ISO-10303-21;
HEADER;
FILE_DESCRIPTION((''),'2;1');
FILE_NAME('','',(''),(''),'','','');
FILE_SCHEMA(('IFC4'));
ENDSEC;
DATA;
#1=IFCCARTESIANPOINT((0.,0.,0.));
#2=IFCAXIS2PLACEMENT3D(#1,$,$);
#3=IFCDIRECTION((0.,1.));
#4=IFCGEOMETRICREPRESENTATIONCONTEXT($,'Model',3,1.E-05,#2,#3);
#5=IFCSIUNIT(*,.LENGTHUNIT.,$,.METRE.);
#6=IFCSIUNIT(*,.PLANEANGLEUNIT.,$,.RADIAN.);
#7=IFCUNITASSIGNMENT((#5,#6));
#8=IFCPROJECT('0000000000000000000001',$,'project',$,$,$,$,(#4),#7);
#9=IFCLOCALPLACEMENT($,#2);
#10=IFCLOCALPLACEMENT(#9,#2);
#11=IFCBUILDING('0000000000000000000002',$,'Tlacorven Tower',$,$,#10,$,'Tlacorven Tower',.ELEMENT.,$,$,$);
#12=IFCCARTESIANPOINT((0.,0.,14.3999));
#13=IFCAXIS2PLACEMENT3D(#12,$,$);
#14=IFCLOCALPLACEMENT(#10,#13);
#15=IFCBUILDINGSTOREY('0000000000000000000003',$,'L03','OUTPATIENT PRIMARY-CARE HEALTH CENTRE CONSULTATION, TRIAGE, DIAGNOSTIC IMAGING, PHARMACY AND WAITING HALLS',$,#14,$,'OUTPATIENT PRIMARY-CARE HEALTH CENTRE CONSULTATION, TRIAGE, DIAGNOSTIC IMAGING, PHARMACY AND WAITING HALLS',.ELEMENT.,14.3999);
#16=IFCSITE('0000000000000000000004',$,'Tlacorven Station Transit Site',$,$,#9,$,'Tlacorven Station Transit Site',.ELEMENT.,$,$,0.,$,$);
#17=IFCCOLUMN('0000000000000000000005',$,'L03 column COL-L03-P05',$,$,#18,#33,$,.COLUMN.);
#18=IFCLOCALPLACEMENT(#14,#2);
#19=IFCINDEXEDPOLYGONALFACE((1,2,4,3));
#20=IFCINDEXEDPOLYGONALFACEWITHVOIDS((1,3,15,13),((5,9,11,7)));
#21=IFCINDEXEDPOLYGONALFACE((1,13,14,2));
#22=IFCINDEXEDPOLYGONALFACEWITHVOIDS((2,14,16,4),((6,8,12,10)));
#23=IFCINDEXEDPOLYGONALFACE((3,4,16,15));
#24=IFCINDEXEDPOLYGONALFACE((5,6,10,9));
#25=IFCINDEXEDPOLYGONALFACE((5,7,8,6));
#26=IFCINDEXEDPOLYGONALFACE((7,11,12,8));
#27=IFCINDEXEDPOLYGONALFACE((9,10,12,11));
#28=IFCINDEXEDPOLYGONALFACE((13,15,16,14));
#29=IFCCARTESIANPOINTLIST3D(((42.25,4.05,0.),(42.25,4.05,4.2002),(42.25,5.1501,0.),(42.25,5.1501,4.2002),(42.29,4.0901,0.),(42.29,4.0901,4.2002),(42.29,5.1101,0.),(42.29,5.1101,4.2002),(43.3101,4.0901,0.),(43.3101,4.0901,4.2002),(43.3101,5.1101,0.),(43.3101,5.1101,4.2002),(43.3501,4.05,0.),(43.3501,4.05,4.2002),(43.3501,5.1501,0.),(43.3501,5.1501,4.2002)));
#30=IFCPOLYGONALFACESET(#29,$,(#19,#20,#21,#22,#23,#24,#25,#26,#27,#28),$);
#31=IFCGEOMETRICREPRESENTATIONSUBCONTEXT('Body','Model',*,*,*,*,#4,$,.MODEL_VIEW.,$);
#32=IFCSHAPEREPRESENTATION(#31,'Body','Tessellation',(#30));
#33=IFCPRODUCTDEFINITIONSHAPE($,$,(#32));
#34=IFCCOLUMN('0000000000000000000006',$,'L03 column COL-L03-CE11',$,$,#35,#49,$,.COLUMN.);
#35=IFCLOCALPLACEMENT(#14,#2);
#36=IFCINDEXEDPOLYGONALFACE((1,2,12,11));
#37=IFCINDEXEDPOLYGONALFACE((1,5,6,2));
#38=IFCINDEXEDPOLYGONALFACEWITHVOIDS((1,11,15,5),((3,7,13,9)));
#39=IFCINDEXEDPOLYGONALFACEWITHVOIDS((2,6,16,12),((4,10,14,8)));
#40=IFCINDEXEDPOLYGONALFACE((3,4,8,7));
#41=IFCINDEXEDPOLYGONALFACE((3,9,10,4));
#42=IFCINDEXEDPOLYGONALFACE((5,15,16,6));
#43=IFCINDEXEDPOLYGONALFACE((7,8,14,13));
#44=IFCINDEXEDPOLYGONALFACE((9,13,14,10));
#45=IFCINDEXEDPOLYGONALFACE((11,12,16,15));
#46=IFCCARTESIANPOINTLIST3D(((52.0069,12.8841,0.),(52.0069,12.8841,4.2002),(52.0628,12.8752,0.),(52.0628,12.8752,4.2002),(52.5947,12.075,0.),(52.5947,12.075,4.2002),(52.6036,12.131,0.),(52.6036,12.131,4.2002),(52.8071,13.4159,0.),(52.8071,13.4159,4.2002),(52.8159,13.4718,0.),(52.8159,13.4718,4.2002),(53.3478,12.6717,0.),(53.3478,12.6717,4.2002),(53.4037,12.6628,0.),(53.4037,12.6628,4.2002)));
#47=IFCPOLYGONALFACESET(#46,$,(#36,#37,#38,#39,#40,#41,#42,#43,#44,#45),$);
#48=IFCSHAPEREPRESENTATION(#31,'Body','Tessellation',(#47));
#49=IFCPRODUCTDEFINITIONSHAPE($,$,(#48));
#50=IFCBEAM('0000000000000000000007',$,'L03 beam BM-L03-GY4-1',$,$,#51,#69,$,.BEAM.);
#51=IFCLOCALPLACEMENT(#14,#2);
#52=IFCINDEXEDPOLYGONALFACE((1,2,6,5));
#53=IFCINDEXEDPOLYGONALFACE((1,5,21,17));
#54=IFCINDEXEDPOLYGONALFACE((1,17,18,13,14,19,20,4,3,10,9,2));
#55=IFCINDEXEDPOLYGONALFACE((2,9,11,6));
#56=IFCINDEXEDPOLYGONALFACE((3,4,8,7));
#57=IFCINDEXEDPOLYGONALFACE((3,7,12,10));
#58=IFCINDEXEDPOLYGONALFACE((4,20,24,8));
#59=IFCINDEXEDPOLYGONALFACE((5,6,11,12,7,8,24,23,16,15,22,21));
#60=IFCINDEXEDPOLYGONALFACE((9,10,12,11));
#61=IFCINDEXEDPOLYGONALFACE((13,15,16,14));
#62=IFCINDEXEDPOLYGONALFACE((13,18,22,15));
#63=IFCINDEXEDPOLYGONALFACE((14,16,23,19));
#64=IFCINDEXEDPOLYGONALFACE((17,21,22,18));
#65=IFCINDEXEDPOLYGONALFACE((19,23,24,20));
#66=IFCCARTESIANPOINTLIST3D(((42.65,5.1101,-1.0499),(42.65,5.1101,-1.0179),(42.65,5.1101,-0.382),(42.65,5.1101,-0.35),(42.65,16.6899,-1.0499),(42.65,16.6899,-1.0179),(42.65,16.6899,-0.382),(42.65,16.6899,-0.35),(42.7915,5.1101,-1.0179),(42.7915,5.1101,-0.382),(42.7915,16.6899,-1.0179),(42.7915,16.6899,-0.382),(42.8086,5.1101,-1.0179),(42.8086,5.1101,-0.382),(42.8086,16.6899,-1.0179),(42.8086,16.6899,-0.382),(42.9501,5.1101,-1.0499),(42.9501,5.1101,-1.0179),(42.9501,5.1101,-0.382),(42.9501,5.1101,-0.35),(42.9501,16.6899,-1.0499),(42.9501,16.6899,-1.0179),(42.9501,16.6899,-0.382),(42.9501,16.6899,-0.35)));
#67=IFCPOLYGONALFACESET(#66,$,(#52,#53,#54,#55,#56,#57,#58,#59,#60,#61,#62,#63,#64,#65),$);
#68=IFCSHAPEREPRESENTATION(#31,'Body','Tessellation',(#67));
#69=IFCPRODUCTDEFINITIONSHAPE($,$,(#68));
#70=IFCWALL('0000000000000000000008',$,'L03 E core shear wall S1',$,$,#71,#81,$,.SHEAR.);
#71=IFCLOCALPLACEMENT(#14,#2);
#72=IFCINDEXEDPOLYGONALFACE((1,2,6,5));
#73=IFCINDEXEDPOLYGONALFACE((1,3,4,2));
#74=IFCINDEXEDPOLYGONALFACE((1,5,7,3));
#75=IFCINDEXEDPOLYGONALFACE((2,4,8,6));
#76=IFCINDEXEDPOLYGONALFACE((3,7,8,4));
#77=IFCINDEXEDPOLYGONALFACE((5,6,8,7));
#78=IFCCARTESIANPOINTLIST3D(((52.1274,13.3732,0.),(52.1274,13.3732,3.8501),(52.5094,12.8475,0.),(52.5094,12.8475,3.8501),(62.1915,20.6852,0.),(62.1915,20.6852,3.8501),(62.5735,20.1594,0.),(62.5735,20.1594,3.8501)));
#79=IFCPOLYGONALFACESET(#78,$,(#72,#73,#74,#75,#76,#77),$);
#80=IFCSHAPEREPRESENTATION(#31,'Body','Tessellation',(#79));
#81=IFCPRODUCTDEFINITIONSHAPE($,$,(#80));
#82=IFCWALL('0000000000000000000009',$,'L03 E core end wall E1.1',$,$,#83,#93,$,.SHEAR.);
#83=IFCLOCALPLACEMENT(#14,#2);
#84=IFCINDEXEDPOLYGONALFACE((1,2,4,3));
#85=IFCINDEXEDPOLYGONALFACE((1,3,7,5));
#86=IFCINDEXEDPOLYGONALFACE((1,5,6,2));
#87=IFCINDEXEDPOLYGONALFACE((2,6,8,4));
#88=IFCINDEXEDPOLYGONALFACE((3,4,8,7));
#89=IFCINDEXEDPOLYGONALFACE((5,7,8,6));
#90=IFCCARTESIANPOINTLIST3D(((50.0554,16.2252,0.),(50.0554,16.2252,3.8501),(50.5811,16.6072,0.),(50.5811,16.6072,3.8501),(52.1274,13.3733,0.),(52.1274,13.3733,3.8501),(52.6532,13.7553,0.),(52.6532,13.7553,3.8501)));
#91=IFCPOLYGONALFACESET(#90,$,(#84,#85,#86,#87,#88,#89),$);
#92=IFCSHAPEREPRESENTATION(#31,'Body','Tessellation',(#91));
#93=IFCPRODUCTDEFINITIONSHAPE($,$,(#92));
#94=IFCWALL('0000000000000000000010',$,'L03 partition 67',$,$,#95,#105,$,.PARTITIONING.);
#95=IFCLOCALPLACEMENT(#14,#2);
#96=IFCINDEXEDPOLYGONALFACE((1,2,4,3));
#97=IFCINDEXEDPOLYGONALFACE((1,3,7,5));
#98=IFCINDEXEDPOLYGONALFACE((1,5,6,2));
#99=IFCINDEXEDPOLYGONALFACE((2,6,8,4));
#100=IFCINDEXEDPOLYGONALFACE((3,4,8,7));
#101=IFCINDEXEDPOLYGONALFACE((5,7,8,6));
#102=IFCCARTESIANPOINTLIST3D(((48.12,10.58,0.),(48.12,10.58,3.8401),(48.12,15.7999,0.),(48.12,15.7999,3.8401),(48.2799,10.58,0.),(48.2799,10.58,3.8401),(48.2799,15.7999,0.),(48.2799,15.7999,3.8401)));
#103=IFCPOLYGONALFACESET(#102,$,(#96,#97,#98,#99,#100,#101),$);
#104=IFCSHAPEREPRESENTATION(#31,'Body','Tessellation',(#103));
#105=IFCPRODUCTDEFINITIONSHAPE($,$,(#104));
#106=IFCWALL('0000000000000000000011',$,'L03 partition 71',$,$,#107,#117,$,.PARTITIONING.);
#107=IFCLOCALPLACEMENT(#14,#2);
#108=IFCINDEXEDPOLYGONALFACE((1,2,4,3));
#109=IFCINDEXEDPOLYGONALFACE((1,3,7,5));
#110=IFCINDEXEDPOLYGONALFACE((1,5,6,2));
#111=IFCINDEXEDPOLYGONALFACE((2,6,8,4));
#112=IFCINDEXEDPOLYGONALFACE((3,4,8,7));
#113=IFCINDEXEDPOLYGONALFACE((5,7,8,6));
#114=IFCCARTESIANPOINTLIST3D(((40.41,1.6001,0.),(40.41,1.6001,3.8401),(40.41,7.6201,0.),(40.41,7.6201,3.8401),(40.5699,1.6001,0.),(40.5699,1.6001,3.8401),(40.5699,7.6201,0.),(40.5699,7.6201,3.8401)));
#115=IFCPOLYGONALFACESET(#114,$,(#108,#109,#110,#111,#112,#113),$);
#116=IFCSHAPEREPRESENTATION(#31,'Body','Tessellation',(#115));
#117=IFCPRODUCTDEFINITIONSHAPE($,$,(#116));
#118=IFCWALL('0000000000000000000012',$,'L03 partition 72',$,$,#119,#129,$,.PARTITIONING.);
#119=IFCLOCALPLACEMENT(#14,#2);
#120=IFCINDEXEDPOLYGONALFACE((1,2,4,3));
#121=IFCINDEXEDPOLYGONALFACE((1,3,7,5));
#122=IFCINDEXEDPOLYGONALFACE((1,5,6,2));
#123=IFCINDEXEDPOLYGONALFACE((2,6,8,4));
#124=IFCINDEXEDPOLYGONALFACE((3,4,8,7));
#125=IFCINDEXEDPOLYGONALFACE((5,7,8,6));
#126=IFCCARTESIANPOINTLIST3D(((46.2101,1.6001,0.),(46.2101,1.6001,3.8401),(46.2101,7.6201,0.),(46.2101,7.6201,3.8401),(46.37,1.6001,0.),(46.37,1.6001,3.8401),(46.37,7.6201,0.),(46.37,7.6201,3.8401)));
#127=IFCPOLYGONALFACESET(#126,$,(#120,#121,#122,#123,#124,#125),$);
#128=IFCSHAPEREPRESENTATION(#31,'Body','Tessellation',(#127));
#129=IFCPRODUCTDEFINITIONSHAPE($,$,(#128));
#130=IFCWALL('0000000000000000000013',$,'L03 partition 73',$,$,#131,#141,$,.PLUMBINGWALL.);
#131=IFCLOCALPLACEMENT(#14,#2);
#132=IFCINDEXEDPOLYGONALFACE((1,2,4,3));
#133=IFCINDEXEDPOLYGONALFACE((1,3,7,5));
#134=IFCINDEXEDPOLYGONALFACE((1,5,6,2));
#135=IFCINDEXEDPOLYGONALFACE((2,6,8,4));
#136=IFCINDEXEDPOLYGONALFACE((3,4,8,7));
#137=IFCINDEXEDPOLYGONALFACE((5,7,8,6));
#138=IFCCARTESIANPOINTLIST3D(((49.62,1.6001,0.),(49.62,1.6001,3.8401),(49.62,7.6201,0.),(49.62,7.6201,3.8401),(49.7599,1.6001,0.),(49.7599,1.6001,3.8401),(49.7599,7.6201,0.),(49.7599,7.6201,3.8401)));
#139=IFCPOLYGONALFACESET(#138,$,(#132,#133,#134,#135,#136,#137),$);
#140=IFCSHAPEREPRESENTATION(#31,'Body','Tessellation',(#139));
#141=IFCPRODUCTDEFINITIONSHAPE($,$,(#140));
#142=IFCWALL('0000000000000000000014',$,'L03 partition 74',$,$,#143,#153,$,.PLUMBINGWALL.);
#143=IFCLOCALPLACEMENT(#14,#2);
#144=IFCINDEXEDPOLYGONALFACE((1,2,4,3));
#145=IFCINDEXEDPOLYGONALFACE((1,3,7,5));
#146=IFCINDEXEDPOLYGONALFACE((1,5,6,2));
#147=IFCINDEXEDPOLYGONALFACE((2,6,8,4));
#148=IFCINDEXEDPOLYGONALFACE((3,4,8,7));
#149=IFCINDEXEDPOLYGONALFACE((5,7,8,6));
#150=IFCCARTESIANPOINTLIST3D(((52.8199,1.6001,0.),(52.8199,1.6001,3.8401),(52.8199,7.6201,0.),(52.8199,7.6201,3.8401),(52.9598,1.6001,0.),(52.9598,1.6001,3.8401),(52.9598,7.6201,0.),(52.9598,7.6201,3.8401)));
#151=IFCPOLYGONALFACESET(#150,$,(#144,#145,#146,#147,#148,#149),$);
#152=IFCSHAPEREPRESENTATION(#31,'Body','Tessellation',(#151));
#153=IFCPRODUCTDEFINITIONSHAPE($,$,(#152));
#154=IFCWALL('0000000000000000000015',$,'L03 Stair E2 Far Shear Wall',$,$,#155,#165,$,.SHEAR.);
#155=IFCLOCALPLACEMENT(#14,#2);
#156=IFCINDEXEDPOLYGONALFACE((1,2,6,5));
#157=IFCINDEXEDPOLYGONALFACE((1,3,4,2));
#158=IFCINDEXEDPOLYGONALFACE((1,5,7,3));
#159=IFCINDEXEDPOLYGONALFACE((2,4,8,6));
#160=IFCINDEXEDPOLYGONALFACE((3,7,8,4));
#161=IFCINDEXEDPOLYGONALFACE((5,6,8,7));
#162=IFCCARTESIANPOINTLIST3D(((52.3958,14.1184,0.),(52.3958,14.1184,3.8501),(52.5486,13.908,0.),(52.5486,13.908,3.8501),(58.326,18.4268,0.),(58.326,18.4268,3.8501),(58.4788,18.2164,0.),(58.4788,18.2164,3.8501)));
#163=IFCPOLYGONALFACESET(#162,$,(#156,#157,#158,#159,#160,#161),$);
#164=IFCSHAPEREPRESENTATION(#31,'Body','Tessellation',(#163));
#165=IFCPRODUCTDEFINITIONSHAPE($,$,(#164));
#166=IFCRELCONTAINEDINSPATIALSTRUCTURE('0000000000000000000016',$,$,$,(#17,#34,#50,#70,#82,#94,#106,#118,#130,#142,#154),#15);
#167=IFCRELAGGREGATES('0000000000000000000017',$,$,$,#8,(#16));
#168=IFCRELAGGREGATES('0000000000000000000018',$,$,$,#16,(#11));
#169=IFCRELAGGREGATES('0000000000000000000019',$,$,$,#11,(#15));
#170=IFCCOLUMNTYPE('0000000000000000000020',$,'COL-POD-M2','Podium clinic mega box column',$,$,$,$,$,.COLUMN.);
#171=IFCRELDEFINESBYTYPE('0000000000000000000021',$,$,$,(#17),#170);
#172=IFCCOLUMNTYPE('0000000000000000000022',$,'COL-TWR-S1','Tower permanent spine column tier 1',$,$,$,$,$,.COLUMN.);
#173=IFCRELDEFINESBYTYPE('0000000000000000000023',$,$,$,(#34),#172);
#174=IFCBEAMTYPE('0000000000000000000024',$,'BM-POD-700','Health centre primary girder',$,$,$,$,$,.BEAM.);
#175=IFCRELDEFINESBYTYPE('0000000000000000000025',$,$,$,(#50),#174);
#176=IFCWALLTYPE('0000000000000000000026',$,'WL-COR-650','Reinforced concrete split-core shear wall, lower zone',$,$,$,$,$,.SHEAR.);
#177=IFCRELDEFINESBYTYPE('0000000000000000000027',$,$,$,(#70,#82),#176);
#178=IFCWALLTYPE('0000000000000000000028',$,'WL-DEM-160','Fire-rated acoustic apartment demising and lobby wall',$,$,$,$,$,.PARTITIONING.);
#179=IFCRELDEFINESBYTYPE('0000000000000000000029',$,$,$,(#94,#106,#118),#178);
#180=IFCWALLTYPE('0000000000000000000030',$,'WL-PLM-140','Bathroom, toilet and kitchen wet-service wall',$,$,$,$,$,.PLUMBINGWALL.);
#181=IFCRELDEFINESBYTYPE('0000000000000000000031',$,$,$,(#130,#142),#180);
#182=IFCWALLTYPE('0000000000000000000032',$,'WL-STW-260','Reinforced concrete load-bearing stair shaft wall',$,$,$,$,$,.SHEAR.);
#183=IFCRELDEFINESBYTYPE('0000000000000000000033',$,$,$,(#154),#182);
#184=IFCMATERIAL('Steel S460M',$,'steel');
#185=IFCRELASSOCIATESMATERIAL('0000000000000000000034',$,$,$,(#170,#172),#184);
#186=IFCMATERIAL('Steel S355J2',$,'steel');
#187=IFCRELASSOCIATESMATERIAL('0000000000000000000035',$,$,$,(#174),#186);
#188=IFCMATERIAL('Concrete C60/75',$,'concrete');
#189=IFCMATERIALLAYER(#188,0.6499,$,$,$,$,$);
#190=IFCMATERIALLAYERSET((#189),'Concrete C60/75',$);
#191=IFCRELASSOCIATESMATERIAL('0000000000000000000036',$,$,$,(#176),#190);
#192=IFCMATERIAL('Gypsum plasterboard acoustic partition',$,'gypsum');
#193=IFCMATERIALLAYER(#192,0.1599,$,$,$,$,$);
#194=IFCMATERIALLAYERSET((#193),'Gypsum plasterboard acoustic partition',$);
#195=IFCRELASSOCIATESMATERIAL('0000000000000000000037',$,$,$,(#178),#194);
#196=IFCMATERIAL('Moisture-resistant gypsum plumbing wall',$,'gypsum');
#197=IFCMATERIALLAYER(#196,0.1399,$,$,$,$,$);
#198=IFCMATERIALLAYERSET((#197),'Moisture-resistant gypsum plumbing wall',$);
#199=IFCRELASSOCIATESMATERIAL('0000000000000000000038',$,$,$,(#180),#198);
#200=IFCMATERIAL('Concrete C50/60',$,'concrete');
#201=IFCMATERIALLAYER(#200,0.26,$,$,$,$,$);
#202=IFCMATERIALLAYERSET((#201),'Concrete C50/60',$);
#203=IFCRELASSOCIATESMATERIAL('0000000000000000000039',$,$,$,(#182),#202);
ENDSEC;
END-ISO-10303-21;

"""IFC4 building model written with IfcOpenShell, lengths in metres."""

from ifc_helpers import new_model, si_unit, direction, frame, frame_2d, origin, origin_2d, place, context, subcontext, project, spatial, rectangle, hollow_rectangle, i_section, extrude, source, transform, mapped, material, layer, layer_set, material_profile, profile_set, type_object, element, save


model = new_model("IFC4")

# Units and contexts
model_context = context("Model", 3, precision=1e-05, world=origin(), true_north=direction((0.0, 1.0)))
body_context = subcontext(model_context, "Body", "Model", "MODEL_VIEW")
ifc_project = project(units=[si_unit("LENGTHUNIT", "METRE"), si_unit("PLANEANGLEUNIT", "RADIAN")], contexts=[model_context])

# Site, building, storey
site_placement = place(None, origin())
site = spatial("IfcSite", under=ifc_project, at=site_placement, Name="Tlacorven Station Transit Site", LongName="Tlacorven Station Transit Site", CompositionType="ELEMENT", RefElevation=0.0)
building_placement = place(site_placement, origin())
building = spatial("IfcBuilding", under=site, at=building_placement, Name="Tlacorven Tower", LongName="Tlacorven Tower", CompositionType="ELEMENT")
storey_placement = place(building_placement, frame((0.0, 0.0, 14.3999)))
storey = spatial("IfcBuildingStorey", under=building, at=storey_placement, Name="L03", Description="OUTPATIENT PRIMARY-CARE HEALTH CENTRE CONSULTATION, TRIAGE, DIAGNOSTIC IMAGING, PHARMACY AND WAITING HALLS", LongName="OUTPATIENT PRIMARY-CARE HEALTH CENTRE CONSULTATION, TRIAGE, DIAGNOSTIC IMAGING, PHARMACY AND WAITING HALLS", CompositionType="ELEMENT", Elevation=14.3999)

# Columns
ifc_material_1 = material(Name="Steel S460M", Category="steel")
ifc_material_profile_1 = material_profile(ifc_material_1, hollow_rectangle(XDim=1.1001, YDim=1.1001, WallThickness=0.04, at=origin_2d()), Name="BOX 1100X1100X40")
ifc_profile_set_1 = profile_set([ifc_material_profile_1], Name="Steel S460M")
column_type_1 = type_object("IfcColumnType", Name="COL-POD-M2", Description="Podium clinic mega box column", PredefinedType="COLUMN", material=ifc_profile_set_1)
shared_shape_1 = source(origin(), body_context, "Body", "SweptSolid", [
    extrude(hollow_rectangle(XDim=1.1001, YDim=1.1001, WallThickness=0.04, at=origin_2d()), origin(), (0.0, 0.0, 1.0), 4.2002),
])
column_1_placement = place(storey_placement, frame((42.8, 4.6001, 0.0), z_axis=(0.0, 0.0, 1.0), x_axis=(1.0, 0.0, 0.0)))
element("IfcColumn", 1, at=column_1_placement, inside=storey, type_object=column_type_1, Name="L03 column COL-L03-P05", PredefinedType="COLUMN", context=body_context, shape_type="MappedRepresentation", body=[
    mapped(shared_shape_1, transform((0.0, 0.0, 0.0), scale=1.0)),
])
ifc_material_profile_2 = material_profile(ifc_material_1, hollow_rectangle(XDim=1.0, YDim=1.0, WallThickness=0.04, at=origin_2d()), Name="BOX 1000X1000X40")
ifc_profile_set_2 = profile_set([ifc_material_profile_2], Name="Steel S460M")
column_type_2 = type_object("IfcColumnType", Name="COL-TWR-S1", Description="Tower permanent spine column tier 1", PredefinedType="COLUMN", material=ifc_profile_set_2)
shared_shape_2 = source(origin(), body_context, "Body", "SweptSolid", [
    extrude(hollow_rectangle(XDim=1.0, YDim=1.0, WallThickness=0.04, at=origin_2d()), origin(), (0.0, 0.0, 1.0), 4.2002),
])
column_2_placement = place(storey_placement, frame((52.7053, 12.7734, 0.0), z_axis=(0.0, 0.0, 1.0), x_axis=(0.809017, 0.587785, 0.0)))
element("IfcColumn", 2, at=column_2_placement, inside=storey, type_object=column_type_2, Name="L03 column COL-L03-CE11", PredefinedType="COLUMN", context=body_context, shape_type="MappedRepresentation", body=[
    mapped(shared_shape_2, transform((0.0, 0.0, 0.0), scale=1.0)),
])

# Beam
ifc_material_2 = material(Name="Steel S355J2", Category="steel")
ifc_material_profile_3 = material_profile(ifc_material_2, i_section(OverallWidth=0.3, OverallDepth=0.7, WebThickness=0.0171, FlangeThickness=0.032, at=origin_2d()), Name="HEB 700")
ifc_profile_set_3 = profile_set([ifc_material_profile_3], Name="Steel S355J2")
beam_type = type_object("IfcBeamType", Name="BM-POD-700", Description="Health centre primary girder", PredefinedType="BEAM", material=ifc_profile_set_3)
shared_shape_3 = source(origin(), body_context, "Body", "SweptSolid", [
    extrude(i_section(OverallWidth=0.3, OverallDepth=0.7, WebThickness=0.0171, FlangeThickness=0.032, at=origin_2d()), origin(), (0.0, 0.0, 1.0), 11.5798),
])
beam_placement = place(storey_placement, frame((42.8, 5.1101, -0.7), z_axis=(0.0, 1.0, 0.0), x_axis=(-1.0, 0.0, 0.0)))
element("IfcBeam", 3, at=beam_placement, inside=storey, type_object=beam_type, Name="L03 beam BM-L03-GY4-1", PredefinedType="BEAM", context=body_context, shape_type="MappedRepresentation", body=[
    mapped(shared_shape_3, transform((0.0, 0.0, 0.0), scale=1.0)),
])

# Walls
ifc_material_3 = material(Name="Concrete C60/75", Category="concrete")
ifc_layer_1 = layer(ifc_material_3, 0.6499)
ifc_layer_set_1 = layer_set([ifc_layer_1], Name="Concrete C60/75")
wall_type_1 = type_object("IfcWallType", Name="WL-COR-650", Description="Reinforced concrete split-core shear wall, lower zone", PredefinedType="SHEAR", material=ifc_layer_set_1)
wall_1_placement = place(storey_placement, frame((52.3184, 13.1104, 0.0), z_axis=(0.0, 0.0, 1.0), x_axis=(0.809019, 0.587782, 0.0)))
element("IfcWall", 4, at=wall_1_placement, inside=storey, type_object=wall_type_1, Name="L03 E core shear wall S1", PredefinedType="SHEAR", context=body_context, shape_type="SweptSolid", body=[
    extrude(rectangle(XDim=12.4399, YDim=0.6499, at=frame_2d((6.22, 0.0))), origin(), (0.0, 0.0, 1.0), 3.8501),
])
wall_2_placement = place(storey_placement, frame((52.3904, 13.5642, 0.0), z_axis=(0.0, 0.0, 1.0), x_axis=(-0.587797, 0.809009, 0.0)))
element("IfcWall", 5, at=wall_2_placement, inside=storey, type_object=wall_type_1, Name="L03 E core end wall E1.1", PredefinedType="SHEAR", context=body_context, shape_type="SweptSolid", body=[
    extrude(rectangle(XDim=3.5251, YDim=0.6499, at=frame_2d((1.7627, 0.0))), origin(), (0.0, 0.0, 1.0), 3.8501),
])
ifc_material_4 = material(Name="Gypsum plasterboard acoustic partition", Category="gypsum")
ifc_layer_2 = layer(ifc_material_4, 0.1599)
ifc_layer_set_2 = layer_set([ifc_layer_2], Name="Gypsum plasterboard acoustic partition")
wall_type_2 = type_object("IfcWallType", Name="WL-DEM-160", Description="Fire-rated acoustic apartment demising and lobby wall", PredefinedType="PARTITIONING", material=ifc_layer_set_2)
wall_3_placement = place(storey_placement, frame((48.2, 10.5801, 0.0), z_axis=(0.0, 0.0, 1.0), x_axis=(0.0, 1.0, 0.0)))
element("IfcWall", 6, at=wall_3_placement, inside=storey, type_object=wall_type_2, Name="L03 partition 67", PredefinedType="PARTITIONING", context=body_context, shape_type="SweptSolid", body=[
    extrude(rectangle(XDim=5.22, YDim=0.1599, at=frame_2d((2.6099, 0.0))), origin(), (0.0, 0.0, 1.0), 3.8401),
])
for number, where, z_axis, x_axis, name in (
    (7, (40.49, 1.6001, 0.0), (0.0, 0.0, 1.0), (0.0, 1.0, 0.0), "L03 partition 71"),
    (8, (46.29, 1.6001, 0.0), (0.0, 0.0, 1.0), (0.0, 1.0, 0.0), "L03 partition 72"),
):
    element("IfcWall", number, at=place(storey_placement, frame(where, z_axis=z_axis, x_axis=x_axis)), inside=storey, type_object=wall_type_2, Name=name, PredefinedType="PARTITIONING", context=body_context, shape_type="SweptSolid", body=[
        extrude(rectangle(XDim=6.02, YDim=0.1599, at=frame_2d((3.01, 0.0))), origin(), (0.0, 0.0, 1.0), 3.8401),
    ])
ifc_material_5 = material(Name="Moisture-resistant gypsum plumbing wall", Category="gypsum")
ifc_layer_3 = layer(ifc_material_5, 0.1399)
ifc_layer_set_3 = layer_set([ifc_layer_3], Name="Moisture-resistant gypsum plumbing wall")
wall_type_3 = type_object("IfcWallType", Name="WL-PLM-140", Description="Bathroom, toilet and kitchen wet-service wall", PredefinedType="PLUMBINGWALL", material=ifc_layer_set_3)
for number, where, z_axis, x_axis, name in (
    (9, (49.6899, 1.6001, 0.0), (0.0, 0.0, 1.0), (0.0, 1.0, 0.0), "L03 partition 73"),
    (10, (52.8899, 1.6001, 0.0), (0.0, 0.0, 1.0), (0.0, 1.0, 0.0), "L03 partition 74"),
):
    element("IfcWall", number, at=place(storey_placement, frame(where, z_axis=z_axis, x_axis=x_axis)), inside=storey, type_object=wall_type_3, Name=name, PredefinedType="PLUMBINGWALL", context=body_context, shape_type="SweptSolid", body=[
        extrude(rectangle(XDim=6.02, YDim=0.1399, at=frame_2d((3.01, 0.0))), origin(), (0.0, 0.0, 1.0), 3.8401),
    ])
ifc_material_6 = material(Name="Concrete C50/60", Category="concrete")
ifc_layer_4 = layer(ifc_material_6, 0.26)
ifc_layer_set_4 = layer_set([ifc_layer_4], Name="Concrete C50/60")
wall_type_4 = type_object("IfcWallType", Name="WL-STW-260", Description="Reinforced concrete load-bearing stair shaft wall", PredefinedType="SHEAR", material=ifc_layer_set_4)
wall_4_placement = place(storey_placement, frame((52.4722, 14.0132, 0.0), z_axis=(0.0, 0.0, 1.0), x_axis=(0.809028, 0.58777, 0.0)))
element("IfcWall", 11, at=wall_4_placement, inside=storey, type_object=wall_type_4, Name="L03 Stair E2 Far Shear Wall", PredefinedType="SHEAR", context=body_context, shape_type="SweptSolid", body=[
    extrude(rectangle(XDim=7.3301, YDim=0.26, at=frame_2d((3.665, 0.0))), origin(), (0.0, 0.0, 1.0), 3.8501),
])

save(model, "model.ifc")
